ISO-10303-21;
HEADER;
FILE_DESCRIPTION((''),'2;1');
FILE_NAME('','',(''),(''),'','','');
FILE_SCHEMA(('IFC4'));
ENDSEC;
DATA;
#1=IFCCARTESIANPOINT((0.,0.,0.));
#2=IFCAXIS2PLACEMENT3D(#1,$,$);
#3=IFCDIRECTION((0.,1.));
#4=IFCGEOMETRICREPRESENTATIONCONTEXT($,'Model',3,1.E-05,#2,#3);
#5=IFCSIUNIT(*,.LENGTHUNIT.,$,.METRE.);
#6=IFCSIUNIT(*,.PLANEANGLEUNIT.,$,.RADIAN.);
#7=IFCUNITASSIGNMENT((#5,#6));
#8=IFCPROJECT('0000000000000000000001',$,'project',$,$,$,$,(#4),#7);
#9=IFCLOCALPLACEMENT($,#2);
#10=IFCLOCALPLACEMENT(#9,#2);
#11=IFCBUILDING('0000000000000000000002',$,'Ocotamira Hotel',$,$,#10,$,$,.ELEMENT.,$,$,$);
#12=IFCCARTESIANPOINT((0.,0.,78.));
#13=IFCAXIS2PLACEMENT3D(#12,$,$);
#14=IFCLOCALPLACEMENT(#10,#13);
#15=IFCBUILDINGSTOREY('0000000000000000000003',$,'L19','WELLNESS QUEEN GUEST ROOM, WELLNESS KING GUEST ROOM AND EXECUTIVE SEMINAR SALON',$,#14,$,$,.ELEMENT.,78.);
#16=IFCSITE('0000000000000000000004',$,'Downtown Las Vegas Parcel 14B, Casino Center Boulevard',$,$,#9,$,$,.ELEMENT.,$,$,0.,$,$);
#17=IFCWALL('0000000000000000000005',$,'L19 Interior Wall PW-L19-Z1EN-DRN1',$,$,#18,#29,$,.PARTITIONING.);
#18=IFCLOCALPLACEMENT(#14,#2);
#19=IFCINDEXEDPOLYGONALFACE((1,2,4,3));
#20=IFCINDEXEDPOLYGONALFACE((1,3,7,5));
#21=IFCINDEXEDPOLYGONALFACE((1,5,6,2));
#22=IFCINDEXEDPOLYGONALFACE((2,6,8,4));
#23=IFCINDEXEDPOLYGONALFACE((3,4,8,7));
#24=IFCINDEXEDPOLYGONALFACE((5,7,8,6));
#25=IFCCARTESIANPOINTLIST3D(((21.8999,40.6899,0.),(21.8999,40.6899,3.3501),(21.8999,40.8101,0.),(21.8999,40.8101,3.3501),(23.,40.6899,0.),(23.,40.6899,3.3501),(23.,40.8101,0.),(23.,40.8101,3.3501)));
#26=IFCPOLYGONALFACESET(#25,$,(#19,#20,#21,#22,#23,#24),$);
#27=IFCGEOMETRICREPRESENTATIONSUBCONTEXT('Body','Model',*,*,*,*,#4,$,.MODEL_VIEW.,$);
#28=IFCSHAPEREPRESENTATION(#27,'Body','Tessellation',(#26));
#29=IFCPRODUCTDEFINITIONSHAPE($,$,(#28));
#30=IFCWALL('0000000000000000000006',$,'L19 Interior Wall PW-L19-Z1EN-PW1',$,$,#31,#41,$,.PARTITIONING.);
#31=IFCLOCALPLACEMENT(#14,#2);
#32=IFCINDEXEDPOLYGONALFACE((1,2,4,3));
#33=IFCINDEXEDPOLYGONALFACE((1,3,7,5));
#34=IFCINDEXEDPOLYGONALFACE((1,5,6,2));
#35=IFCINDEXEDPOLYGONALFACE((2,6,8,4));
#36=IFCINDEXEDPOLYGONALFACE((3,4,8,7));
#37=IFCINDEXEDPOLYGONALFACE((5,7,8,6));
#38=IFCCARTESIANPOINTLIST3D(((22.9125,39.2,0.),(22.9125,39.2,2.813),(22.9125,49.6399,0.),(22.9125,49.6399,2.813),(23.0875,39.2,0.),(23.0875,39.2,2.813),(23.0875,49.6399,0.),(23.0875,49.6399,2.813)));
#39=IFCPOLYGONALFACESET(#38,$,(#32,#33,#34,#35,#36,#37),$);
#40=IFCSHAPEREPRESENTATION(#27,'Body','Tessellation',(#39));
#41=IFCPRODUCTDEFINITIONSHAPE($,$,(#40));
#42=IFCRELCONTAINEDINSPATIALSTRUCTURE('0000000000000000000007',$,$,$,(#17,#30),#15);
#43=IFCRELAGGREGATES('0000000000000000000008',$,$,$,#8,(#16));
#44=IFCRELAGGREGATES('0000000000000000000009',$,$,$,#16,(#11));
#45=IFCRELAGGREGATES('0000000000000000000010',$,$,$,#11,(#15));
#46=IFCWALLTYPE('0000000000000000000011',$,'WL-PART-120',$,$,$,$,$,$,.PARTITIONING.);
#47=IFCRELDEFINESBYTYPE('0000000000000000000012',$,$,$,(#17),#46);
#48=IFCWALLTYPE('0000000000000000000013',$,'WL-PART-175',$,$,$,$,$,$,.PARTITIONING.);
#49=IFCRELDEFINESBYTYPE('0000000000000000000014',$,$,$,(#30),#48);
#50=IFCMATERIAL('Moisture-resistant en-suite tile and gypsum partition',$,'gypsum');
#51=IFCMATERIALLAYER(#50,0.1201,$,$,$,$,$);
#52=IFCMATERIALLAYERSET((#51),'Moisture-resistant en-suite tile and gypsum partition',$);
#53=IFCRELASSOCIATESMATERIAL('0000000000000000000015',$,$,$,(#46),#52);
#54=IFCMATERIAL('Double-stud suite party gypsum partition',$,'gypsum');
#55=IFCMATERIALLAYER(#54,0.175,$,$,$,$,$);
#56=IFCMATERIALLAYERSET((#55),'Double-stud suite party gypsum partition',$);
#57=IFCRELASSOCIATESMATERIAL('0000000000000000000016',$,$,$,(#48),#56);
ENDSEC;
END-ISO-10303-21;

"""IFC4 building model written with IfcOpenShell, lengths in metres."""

from ifc_helpers import new_model, si_unit, direction, frame, frame_2d, origin, place, context, subcontext, project, spatial, rectangle, extrude, material, layer, layer_set, type_object, element, save


model = new_model("IFC4")

# Units and contexts
model_context = context("Model", 3, precision=1e-05, world=origin(), true_north=direction((0.0, 1.0)))
body_context = subcontext(model_context, "Body", "Model", "MODEL_VIEW")
ifc_project = project(units=[si_unit("LENGTHUNIT", "METRE"), si_unit("PLANEANGLEUNIT", "RADIAN")], contexts=[model_context])

# Site, building, storey
site_placement = place(None, origin())
site = spatial("IfcSite", under=ifc_project, at=site_placement, Name="Downtown Las Vegas Parcel 14B, Casino Center Boulevard", CompositionType="ELEMENT", RefElevation=0.0)
building_placement = place(site_placement, origin())
building = spatial("IfcBuilding", under=site, at=building_placement, Name="Ocotamira Hotel", CompositionType="ELEMENT")
storey_placement = place(building_placement, frame((0.0, 0.0, 78.0)))
storey = spatial("IfcBuildingStorey", under=building, at=storey_placement, Name="L19", Description="WELLNESS QUEEN GUEST ROOM, WELLNESS KING GUEST ROOM AND EXECUTIVE SEMINAR SALON", CompositionType="ELEMENT", Elevation=78.0)

# Shared definitions
ifc_material_1 = material(Name="Moisture-resistant en-suite tile and gypsum partition", Category="gypsum")
ifc_layer_1 = layer(ifc_material_1, 0.1201)
ifc_layer_set_1 = layer_set([ifc_layer_1], Name="Moisture-resistant en-suite tile and gypsum partition")
wall_type_1 = type_object("IfcWallType", Name="WL-PART-120", PredefinedType="PARTITIONING", material=ifc_layer_set_1)

# Walls
wall_1_placement = place(storey_placement, frame((21.8999, 40.75, 0.0), z_axis=(0.0, 0.0, 1.0), x_axis=(1.0, 0.0, 0.0)))
element("IfcWall", 1, at=wall_1_placement, inside=storey, type_object=wall_type_1, Name="L19 Interior Wall PW-L19-Z1EN-DRN1", PredefinedType="PARTITIONING", context=body_context, shape_type="SweptSolid", body=[
    extrude(rectangle(XDim=1.1001, YDim=0.1201, at=frame_2d((0.55, 0.0))), origin(), (0.0, 0.0, 1.0), 3.3501),
])
ifc_material_2 = material(Name="Double-stud suite party gypsum partition", Category="gypsum")
ifc_layer_2 = layer(ifc_material_2, 0.175)
ifc_layer_set_2 = layer_set([ifc_layer_2], Name="Double-stud suite party gypsum partition")
wall_type_2 = type_object("IfcWallType", Name="WL-PART-175", PredefinedType="PARTITIONING", material=ifc_layer_set_2)
wall_2_placement = place(storey_placement, frame((23.0, 39.2, 0.0), z_axis=(0.0, 0.0, 1.0), x_axis=(0.0, 1.0, 0.0)))
element("IfcWall", 2, at=wall_2_placement, inside=storey, type_object=wall_type_2, Name="L19 Interior Wall PW-L19-Z1EN-PW1", PredefinedType="PARTITIONING", context=body_context, shape_type="SweptSolid", body=[
    extrude(rectangle(XDim=10.4399, YDim=0.175, at=frame_2d((5.22, 0.0))), origin(), (0.0, 0.0, 1.0), 2.813),
])

save(model, "model.ifc")
